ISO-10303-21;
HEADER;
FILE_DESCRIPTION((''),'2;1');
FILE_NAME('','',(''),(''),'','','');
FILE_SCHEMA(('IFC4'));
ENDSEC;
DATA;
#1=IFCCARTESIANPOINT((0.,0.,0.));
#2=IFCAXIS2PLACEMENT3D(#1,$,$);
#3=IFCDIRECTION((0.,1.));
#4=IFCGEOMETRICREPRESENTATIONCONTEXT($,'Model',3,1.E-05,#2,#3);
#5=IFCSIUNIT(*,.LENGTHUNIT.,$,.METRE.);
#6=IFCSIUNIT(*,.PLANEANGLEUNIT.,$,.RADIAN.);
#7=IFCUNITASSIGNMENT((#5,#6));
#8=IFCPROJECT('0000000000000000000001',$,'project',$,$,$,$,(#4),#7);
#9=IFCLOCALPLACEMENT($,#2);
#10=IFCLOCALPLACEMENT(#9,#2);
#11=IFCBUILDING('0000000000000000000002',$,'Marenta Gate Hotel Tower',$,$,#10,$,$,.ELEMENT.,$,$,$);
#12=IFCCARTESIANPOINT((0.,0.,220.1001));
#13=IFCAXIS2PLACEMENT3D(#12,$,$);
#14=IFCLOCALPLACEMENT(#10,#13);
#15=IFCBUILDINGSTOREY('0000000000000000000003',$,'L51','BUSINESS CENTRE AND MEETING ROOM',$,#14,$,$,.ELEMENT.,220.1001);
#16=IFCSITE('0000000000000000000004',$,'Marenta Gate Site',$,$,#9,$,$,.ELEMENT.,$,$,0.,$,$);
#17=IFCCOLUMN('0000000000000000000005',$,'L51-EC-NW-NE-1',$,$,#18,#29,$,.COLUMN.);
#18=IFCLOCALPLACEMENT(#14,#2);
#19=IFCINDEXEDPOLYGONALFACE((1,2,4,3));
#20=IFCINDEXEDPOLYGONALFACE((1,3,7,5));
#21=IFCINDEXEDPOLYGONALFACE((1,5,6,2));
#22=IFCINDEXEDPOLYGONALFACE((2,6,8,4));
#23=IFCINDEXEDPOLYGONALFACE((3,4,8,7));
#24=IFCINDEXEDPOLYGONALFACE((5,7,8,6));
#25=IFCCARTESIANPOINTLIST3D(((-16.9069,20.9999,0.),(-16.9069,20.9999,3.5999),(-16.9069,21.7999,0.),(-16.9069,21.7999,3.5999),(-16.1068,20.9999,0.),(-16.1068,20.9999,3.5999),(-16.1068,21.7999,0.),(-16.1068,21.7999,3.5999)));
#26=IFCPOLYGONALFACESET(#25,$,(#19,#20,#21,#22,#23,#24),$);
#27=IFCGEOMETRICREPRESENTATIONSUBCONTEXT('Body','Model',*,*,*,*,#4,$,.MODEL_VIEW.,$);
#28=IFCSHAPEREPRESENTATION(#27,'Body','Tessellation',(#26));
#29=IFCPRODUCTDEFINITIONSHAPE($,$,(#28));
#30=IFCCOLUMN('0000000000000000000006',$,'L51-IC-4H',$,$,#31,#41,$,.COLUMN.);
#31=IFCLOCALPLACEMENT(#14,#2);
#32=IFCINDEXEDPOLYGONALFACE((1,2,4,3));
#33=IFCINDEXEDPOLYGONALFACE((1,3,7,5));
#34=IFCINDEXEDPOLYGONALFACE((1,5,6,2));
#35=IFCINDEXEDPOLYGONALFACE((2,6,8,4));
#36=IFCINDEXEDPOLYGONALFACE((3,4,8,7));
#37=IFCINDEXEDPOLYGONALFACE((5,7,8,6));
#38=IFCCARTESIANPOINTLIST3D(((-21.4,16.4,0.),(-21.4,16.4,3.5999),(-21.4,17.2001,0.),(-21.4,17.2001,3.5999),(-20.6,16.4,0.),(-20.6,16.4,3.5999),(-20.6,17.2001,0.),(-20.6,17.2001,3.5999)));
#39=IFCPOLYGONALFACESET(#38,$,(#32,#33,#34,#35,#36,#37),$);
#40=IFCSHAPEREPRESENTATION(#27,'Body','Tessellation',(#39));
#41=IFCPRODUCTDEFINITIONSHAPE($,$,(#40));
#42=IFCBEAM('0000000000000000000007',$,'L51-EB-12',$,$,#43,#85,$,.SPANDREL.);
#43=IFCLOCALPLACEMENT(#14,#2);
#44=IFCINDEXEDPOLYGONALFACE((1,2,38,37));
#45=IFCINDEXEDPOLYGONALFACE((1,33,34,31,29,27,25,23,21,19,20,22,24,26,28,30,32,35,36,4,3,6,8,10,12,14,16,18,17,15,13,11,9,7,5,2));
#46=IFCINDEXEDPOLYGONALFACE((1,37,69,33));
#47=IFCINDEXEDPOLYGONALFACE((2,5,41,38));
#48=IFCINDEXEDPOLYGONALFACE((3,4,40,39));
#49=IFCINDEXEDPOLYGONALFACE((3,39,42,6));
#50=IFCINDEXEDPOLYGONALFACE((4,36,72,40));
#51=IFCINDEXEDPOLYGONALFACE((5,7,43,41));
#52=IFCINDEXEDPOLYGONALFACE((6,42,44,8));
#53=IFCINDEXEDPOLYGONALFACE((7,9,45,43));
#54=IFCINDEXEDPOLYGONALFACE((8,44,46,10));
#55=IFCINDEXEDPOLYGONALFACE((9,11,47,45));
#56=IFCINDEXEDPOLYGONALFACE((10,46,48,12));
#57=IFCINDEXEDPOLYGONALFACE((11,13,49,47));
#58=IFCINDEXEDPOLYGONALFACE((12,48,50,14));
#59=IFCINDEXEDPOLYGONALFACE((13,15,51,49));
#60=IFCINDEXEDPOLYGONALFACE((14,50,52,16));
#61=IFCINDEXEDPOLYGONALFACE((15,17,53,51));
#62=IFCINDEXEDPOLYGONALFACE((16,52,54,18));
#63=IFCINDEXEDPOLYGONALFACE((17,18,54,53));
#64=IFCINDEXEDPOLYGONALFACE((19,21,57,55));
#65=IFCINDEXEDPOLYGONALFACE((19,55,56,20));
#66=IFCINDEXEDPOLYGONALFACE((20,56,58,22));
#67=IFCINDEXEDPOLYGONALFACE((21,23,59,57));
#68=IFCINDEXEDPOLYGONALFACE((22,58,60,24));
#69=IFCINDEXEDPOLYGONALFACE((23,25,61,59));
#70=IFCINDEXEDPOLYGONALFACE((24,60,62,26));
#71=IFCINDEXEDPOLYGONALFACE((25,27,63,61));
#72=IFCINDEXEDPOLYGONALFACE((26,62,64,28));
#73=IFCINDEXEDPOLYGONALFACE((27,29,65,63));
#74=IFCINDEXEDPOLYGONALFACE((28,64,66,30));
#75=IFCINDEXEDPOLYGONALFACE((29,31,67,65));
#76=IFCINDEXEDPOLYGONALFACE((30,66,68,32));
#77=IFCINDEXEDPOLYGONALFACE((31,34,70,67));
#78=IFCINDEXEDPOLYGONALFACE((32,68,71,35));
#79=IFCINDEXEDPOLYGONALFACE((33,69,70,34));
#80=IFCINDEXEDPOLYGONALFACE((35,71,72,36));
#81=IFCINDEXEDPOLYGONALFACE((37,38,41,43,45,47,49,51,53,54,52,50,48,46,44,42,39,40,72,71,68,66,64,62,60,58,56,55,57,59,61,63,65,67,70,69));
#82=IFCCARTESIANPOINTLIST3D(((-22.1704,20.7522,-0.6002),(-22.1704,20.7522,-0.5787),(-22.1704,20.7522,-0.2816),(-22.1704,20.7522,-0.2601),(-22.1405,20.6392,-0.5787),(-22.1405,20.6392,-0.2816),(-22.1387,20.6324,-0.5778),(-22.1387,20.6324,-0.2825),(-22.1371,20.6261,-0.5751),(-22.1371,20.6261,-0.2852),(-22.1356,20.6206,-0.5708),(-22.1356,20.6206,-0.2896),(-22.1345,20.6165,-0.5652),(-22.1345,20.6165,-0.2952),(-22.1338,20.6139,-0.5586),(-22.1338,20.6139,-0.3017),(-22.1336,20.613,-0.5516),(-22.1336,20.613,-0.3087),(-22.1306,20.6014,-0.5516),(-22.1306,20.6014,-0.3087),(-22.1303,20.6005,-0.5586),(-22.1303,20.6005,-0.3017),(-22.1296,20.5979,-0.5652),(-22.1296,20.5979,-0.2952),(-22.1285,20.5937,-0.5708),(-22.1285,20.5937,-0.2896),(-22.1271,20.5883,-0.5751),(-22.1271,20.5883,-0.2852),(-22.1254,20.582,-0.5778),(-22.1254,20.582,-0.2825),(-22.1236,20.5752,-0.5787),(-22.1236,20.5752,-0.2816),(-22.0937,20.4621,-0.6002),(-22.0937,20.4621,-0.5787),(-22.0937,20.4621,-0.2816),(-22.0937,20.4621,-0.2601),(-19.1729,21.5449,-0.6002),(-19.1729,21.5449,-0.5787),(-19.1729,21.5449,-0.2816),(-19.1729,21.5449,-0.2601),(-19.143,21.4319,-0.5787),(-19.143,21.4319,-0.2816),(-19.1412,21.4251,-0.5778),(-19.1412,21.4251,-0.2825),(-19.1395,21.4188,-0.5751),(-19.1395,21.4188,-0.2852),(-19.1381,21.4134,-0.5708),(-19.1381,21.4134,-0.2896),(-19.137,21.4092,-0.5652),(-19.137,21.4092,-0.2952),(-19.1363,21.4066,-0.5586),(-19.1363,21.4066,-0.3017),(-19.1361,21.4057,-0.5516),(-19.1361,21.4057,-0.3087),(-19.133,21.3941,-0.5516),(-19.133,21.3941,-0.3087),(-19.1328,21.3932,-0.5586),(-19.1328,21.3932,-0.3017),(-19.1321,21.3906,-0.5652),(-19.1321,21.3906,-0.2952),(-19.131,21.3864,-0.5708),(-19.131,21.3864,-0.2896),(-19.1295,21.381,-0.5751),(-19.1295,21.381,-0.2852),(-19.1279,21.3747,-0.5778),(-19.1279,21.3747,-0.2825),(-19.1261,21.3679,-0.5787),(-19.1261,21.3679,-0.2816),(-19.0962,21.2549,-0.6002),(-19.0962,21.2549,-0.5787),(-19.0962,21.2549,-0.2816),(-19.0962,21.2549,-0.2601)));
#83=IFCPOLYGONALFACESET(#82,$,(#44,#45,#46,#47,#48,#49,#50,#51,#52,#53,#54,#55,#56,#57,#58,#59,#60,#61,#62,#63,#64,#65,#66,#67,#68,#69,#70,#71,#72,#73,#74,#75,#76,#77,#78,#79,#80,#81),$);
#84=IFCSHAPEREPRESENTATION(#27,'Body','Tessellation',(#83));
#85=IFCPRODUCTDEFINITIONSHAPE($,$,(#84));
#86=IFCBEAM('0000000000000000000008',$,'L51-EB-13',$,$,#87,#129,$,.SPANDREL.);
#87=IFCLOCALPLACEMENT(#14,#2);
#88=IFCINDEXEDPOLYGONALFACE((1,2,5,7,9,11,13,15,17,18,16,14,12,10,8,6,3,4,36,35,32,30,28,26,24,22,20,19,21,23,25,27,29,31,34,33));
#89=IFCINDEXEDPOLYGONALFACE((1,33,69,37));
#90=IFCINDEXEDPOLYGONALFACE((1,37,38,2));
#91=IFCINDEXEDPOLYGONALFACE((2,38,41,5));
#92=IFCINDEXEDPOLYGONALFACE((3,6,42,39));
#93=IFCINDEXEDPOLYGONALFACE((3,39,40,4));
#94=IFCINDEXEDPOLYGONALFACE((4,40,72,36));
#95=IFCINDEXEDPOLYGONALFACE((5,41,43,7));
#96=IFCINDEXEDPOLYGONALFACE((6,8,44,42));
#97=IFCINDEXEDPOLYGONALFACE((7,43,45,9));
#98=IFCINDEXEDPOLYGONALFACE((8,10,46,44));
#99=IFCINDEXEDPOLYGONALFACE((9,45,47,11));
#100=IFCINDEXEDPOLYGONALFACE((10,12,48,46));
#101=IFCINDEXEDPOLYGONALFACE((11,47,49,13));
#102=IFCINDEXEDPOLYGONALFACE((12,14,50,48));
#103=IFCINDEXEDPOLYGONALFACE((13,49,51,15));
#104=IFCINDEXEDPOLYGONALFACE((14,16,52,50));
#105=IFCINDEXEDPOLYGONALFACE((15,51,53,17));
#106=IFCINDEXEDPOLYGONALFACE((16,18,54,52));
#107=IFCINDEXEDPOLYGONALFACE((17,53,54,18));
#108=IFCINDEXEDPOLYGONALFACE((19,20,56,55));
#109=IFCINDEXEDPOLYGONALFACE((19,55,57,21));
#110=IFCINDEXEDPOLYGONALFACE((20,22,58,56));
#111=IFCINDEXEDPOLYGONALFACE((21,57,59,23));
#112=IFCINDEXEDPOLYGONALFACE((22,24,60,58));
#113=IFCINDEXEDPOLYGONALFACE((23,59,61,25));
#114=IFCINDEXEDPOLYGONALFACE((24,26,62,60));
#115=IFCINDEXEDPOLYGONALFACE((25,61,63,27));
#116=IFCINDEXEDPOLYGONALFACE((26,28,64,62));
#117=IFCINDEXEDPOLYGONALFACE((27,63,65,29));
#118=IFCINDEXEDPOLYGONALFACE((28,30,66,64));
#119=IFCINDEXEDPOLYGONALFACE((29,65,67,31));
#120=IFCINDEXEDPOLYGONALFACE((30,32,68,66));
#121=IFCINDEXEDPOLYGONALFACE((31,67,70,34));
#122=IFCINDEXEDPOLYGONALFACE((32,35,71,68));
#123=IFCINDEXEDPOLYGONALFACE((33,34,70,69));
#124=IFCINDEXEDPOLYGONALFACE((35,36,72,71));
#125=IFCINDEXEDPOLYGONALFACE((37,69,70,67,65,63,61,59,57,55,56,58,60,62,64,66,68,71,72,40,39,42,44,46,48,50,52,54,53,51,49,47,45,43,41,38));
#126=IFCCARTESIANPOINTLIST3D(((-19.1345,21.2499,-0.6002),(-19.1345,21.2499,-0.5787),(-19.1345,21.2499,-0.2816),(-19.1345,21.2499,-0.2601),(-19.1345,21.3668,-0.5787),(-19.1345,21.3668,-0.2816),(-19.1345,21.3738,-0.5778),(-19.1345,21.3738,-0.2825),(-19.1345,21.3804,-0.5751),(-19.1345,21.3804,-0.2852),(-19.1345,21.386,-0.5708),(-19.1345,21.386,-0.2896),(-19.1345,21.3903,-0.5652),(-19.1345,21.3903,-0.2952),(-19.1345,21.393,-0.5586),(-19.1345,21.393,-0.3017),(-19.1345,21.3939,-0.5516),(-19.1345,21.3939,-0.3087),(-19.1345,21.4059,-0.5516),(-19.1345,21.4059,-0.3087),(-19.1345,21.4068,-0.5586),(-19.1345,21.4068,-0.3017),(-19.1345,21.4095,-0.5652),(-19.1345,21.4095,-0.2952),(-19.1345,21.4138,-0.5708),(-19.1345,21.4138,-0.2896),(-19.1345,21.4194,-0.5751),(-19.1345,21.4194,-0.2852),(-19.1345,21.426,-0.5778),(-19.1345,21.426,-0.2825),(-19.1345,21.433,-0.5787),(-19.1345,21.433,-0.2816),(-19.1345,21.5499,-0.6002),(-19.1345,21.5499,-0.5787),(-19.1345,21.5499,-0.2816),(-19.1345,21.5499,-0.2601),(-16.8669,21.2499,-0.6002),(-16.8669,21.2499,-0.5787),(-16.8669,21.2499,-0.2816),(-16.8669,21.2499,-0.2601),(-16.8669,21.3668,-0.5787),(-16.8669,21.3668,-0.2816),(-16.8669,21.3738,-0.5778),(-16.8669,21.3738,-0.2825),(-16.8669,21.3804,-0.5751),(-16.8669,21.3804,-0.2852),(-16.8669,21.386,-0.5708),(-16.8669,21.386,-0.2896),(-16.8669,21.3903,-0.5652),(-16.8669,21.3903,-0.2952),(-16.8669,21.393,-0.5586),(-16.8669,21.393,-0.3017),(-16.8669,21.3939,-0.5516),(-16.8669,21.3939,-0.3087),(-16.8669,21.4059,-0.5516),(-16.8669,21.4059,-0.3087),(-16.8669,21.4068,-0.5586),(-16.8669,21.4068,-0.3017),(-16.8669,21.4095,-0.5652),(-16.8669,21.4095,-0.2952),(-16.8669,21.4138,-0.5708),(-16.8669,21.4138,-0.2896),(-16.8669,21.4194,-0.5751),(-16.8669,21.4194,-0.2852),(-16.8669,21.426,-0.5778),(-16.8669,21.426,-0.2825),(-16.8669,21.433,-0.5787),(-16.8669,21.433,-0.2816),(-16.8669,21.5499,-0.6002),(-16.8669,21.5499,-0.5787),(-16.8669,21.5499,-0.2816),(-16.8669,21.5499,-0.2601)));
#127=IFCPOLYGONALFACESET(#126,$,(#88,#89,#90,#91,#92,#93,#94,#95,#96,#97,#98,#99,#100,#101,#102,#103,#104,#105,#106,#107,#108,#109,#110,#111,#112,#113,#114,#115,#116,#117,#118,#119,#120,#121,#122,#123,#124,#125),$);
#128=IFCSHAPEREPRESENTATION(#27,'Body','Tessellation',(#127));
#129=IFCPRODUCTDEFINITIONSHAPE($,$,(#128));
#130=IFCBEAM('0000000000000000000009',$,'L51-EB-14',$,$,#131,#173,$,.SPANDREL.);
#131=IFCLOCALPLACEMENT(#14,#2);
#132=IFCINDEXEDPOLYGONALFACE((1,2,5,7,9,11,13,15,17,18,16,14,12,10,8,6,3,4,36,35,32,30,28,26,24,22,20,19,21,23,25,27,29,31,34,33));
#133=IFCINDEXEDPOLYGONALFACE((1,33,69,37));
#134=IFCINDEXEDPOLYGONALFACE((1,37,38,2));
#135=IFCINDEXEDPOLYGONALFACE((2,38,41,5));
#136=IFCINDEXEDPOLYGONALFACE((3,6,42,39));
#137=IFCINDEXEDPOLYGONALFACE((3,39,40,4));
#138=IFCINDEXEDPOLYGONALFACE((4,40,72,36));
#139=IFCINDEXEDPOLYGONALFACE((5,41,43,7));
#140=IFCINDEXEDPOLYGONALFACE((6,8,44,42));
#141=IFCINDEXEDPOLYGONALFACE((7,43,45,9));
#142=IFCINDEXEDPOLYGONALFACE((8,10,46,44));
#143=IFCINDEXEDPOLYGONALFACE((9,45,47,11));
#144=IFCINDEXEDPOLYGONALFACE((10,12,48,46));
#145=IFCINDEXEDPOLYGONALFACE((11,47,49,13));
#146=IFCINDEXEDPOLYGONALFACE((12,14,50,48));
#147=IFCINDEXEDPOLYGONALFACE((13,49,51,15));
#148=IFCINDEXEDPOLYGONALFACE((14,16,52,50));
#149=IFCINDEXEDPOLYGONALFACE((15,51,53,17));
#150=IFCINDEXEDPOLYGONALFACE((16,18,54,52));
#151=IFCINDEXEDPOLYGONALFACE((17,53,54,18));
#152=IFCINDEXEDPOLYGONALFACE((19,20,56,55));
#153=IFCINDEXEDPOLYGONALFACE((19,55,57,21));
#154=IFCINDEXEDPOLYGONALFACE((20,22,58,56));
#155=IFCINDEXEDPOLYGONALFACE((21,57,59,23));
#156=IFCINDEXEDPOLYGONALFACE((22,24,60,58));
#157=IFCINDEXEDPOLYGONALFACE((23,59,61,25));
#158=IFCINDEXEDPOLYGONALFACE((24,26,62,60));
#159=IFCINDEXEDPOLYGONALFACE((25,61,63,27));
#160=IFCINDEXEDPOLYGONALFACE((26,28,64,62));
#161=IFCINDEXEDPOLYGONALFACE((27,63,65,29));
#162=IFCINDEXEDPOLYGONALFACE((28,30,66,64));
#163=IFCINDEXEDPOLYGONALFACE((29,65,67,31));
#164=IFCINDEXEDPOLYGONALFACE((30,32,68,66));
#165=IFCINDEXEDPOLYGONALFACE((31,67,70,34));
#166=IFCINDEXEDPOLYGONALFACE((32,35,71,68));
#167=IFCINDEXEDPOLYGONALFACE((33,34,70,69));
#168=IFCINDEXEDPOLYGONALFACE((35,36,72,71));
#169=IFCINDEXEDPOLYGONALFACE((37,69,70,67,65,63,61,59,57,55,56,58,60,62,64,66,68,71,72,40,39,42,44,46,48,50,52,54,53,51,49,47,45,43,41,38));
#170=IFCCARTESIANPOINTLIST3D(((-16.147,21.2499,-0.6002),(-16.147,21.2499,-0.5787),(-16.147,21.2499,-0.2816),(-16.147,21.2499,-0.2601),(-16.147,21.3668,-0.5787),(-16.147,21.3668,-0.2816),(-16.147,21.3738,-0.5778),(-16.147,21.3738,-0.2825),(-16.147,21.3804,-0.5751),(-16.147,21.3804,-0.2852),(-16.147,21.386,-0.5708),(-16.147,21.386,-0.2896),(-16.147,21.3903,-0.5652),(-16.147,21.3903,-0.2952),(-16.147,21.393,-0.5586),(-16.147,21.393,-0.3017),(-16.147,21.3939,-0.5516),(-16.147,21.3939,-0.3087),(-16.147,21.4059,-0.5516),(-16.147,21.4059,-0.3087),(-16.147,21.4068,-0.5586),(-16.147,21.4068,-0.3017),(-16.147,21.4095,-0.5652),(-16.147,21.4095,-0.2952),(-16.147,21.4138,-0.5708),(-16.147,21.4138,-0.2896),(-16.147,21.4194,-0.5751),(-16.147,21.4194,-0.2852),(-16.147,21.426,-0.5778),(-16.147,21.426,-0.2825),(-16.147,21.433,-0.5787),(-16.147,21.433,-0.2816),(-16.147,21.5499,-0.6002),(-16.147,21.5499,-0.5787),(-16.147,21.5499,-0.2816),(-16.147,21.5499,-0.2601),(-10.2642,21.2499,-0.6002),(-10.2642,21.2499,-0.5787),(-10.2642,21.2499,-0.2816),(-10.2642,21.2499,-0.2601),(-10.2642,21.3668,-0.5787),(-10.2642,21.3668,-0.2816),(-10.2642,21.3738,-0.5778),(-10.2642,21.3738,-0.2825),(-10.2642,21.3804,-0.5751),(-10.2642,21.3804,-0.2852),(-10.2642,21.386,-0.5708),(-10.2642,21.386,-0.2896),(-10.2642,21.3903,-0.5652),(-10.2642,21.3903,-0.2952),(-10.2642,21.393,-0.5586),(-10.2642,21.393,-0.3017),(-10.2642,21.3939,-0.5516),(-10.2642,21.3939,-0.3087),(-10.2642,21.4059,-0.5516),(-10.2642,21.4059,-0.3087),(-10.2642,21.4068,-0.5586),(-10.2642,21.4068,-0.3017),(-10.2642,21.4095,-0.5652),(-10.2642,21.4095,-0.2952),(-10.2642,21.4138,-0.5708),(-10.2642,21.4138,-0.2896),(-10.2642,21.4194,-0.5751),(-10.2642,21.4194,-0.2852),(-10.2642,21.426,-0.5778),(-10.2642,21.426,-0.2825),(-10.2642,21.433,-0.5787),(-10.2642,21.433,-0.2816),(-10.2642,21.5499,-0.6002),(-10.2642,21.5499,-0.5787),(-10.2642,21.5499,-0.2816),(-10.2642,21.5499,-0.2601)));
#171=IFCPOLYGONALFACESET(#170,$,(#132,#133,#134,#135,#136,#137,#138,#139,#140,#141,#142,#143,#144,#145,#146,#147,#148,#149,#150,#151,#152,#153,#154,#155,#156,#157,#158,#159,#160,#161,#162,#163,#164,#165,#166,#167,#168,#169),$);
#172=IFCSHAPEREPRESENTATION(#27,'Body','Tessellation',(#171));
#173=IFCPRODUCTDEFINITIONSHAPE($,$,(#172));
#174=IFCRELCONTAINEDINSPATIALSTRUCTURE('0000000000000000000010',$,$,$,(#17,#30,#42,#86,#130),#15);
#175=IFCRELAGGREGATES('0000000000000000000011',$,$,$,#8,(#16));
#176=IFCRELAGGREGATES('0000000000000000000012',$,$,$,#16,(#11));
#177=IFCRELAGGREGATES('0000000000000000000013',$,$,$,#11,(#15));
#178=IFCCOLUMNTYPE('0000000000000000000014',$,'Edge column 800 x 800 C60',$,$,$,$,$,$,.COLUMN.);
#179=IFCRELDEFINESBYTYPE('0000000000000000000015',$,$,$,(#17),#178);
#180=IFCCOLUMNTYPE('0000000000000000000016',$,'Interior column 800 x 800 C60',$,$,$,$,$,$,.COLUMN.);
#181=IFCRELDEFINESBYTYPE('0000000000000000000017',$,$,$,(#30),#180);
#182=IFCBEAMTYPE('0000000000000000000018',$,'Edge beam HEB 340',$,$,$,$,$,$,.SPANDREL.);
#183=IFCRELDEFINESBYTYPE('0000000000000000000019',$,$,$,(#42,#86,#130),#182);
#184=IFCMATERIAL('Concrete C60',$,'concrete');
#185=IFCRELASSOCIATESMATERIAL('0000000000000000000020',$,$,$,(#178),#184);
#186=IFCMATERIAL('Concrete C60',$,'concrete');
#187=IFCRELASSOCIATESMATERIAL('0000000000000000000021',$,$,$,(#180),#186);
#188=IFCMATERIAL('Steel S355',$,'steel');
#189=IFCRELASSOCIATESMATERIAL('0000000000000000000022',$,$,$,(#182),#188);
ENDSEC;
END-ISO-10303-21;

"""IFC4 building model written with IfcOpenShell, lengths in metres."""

from ifc_helpers import new_model, si_unit, direction, frame, origin, origin_2d, place, context, subcontext, project, spatial, rectangle, i_section, extrude, material, material_profile, profile_set, type_object, element, save


model = new_model("IFC4")

# Units and contexts
model_context = context("Model", 3, precision=1e-05, world=origin(), true_north=direction((0.0, 1.0)))
body_context = subcontext(model_context, "Body", "Model", "MODEL_VIEW")
ifc_project = project(units=[si_unit("LENGTHUNIT", "METRE"), si_unit("PLANEANGLEUNIT", "RADIAN")], contexts=[model_context])

# Site, building, storey
site_placement = place(None, origin())
site = spatial("IfcSite", under=ifc_project, at=site_placement, Name="Marenta Gate Site", CompositionType="ELEMENT", RefElevation=0.0)
building_placement = place(site_placement, origin())
building = spatial("IfcBuilding", under=site, at=building_placement, Name="Marenta Gate Hotel Tower", CompositionType="ELEMENT")
storey_placement = place(building_placement, frame((0.0, 0.0, 220.1001)))
storey = spatial("IfcBuildingStorey", under=building, at=storey_placement, Name="L51", Description="BUSINESS CENTRE AND MEETING ROOM", CompositionType="ELEMENT", Elevation=220.1001)

# Columns
ifc_material_1 = material(Name="Concrete C60", Category="concrete")
ifc_material_profile_1 = material_profile(ifc_material_1, rectangle(XDim=0.8, YDim=0.8, at=origin_2d()), Name="800 x 800")
ifc_profile_set_1 = profile_set([ifc_material_profile_1], Name="Concrete C60")
column_type_1 = type_object("IfcColumnType", Name="Edge column 800 x 800 C60", PredefinedType="COLUMN", material=ifc_profile_set_1)
column_1_placement = place(storey_placement, frame((-16.5068, 21.3999, 0.0), z_axis=(0.0, 0.0, 1.0), x_axis=(1.0, 0.0, 0.0)))
element("IfcColumn", 1, at=column_1_placement, inside=storey, type_object=column_type_1, Name="L51-EC-NW-NE-1", PredefinedType="COLUMN", context=body_context, shape_type="SweptSolid", body=[
    extrude(rectangle(XDim=0.8, YDim=0.8, at=origin_2d()), origin(), (0.0, 0.0, 1.0), 3.5999),
])
ifc_material_2 = material(Name="Concrete C60", Category="concrete")
ifc_material_profile_2 = material_profile(ifc_material_2, rectangle(XDim=0.8, YDim=0.8, at=origin_2d()), Name="800 x 800")
ifc_profile_set_2 = profile_set([ifc_material_profile_2], Name="Concrete C60")
column_type_2 = type_object("IfcColumnType", Name="Interior column 800 x 800 C60", PredefinedType="COLUMN", material=ifc_profile_set_2)
column_2_placement = place(storey_placement, frame((-21.0, 16.8, 0.0), z_axis=(0.0, 0.0, 1.0), x_axis=(1.0, 0.0, 0.0)))
element("IfcColumn", 2, at=column_2_placement, inside=storey, type_object=column_type_2, Name="L51-IC-4H", PredefinedType="COLUMN", context=body_context, shape_type="SweptSolid", body=[
    extrude(rectangle(XDim=0.8, YDim=0.8, at=origin_2d()), origin(), (0.0, 0.0, 1.0), 3.5999),
])

# Beams
ifc_material_3 = material(Name="Steel S355", Category="steel")
ifc_material_profile_3 = material_profile(ifc_material_3, i_section(OverallWidth=0.3, OverallDepth=0.3401, WebThickness=0.012, FlangeThickness=0.0215, FilletRadius=0.0271, at=origin_2d()), Name="HEB 340")
ifc_profile_set_3 = profile_set([ifc_material_profile_3], Name="Steel S355")
beam_type_1 = type_object("IfcBeamType", Name="Edge beam HEB 340", PredefinedType="SPANDREL", material=ifc_profile_set_3)
beam_1_placement = place(storey_placement, frame((-22.1321, 20.6072, -0.4302), z_axis=(0.966765, 0.255667, 0.0), x_axis=(-0.255667, 0.966765, 0.0)))
element("IfcBeam", 3, at=beam_1_placement, inside=storey, type_object=beam_type_1, Name="L51-EB-12", PredefinedType="SPANDREL", context=body_context, shape_type="SweptSolid", body=[
    extrude(i_section(OverallWidth=0.3, OverallDepth=0.3401, WebThickness=0.012, FlangeThickness=0.0215, FilletRadius=0.0271, at=origin_2d()), origin(), (0.0, 0.0, 1.0), 3.1006),
])
beam_2_placement = place(storey_placement, frame((-19.1345, 21.3999, -0.4302), z_axis=(1.0, 0.0, 0.0), x_axis=(0.0, 1.0, 0.0)))
element("IfcBeam", 4, at=beam_2_placement, inside=storey, type_object=beam_type_1, Name="L51-EB-13", PredefinedType="SPANDREL", context=body_context, shape_type="SweptSolid", body=[
    extrude(i_section(OverallWidth=0.3, OverallDepth=0.3401, WebThickness=0.012, FlangeThickness=0.0215, FilletRadius=0.0271, at=origin_2d()), origin(), (0.0, 0.0, 1.0), 2.2676),
])
beam_3_placement = place(storey_placement, frame((-16.147, 21.3999, -0.4302), z_axis=(1.0, 0.0, 0.0), x_axis=(0.0, 1.0, 0.0)))
element("IfcBeam", 5, at=beam_3_placement, inside=storey, type_object=beam_type_1, Name="L51-EB-14", PredefinedType="SPANDREL", context=body_context, shape_type="SweptSolid", body=[
    extrude(i_section(OverallWidth=0.3, OverallDepth=0.3401, WebThickness=0.012, FlangeThickness=0.0215, FilletRadius=0.0271, at=origin_2d()), origin(), (0.0, 0.0, 1.0), 5.8828),
])

save(model, "model.ifc")
